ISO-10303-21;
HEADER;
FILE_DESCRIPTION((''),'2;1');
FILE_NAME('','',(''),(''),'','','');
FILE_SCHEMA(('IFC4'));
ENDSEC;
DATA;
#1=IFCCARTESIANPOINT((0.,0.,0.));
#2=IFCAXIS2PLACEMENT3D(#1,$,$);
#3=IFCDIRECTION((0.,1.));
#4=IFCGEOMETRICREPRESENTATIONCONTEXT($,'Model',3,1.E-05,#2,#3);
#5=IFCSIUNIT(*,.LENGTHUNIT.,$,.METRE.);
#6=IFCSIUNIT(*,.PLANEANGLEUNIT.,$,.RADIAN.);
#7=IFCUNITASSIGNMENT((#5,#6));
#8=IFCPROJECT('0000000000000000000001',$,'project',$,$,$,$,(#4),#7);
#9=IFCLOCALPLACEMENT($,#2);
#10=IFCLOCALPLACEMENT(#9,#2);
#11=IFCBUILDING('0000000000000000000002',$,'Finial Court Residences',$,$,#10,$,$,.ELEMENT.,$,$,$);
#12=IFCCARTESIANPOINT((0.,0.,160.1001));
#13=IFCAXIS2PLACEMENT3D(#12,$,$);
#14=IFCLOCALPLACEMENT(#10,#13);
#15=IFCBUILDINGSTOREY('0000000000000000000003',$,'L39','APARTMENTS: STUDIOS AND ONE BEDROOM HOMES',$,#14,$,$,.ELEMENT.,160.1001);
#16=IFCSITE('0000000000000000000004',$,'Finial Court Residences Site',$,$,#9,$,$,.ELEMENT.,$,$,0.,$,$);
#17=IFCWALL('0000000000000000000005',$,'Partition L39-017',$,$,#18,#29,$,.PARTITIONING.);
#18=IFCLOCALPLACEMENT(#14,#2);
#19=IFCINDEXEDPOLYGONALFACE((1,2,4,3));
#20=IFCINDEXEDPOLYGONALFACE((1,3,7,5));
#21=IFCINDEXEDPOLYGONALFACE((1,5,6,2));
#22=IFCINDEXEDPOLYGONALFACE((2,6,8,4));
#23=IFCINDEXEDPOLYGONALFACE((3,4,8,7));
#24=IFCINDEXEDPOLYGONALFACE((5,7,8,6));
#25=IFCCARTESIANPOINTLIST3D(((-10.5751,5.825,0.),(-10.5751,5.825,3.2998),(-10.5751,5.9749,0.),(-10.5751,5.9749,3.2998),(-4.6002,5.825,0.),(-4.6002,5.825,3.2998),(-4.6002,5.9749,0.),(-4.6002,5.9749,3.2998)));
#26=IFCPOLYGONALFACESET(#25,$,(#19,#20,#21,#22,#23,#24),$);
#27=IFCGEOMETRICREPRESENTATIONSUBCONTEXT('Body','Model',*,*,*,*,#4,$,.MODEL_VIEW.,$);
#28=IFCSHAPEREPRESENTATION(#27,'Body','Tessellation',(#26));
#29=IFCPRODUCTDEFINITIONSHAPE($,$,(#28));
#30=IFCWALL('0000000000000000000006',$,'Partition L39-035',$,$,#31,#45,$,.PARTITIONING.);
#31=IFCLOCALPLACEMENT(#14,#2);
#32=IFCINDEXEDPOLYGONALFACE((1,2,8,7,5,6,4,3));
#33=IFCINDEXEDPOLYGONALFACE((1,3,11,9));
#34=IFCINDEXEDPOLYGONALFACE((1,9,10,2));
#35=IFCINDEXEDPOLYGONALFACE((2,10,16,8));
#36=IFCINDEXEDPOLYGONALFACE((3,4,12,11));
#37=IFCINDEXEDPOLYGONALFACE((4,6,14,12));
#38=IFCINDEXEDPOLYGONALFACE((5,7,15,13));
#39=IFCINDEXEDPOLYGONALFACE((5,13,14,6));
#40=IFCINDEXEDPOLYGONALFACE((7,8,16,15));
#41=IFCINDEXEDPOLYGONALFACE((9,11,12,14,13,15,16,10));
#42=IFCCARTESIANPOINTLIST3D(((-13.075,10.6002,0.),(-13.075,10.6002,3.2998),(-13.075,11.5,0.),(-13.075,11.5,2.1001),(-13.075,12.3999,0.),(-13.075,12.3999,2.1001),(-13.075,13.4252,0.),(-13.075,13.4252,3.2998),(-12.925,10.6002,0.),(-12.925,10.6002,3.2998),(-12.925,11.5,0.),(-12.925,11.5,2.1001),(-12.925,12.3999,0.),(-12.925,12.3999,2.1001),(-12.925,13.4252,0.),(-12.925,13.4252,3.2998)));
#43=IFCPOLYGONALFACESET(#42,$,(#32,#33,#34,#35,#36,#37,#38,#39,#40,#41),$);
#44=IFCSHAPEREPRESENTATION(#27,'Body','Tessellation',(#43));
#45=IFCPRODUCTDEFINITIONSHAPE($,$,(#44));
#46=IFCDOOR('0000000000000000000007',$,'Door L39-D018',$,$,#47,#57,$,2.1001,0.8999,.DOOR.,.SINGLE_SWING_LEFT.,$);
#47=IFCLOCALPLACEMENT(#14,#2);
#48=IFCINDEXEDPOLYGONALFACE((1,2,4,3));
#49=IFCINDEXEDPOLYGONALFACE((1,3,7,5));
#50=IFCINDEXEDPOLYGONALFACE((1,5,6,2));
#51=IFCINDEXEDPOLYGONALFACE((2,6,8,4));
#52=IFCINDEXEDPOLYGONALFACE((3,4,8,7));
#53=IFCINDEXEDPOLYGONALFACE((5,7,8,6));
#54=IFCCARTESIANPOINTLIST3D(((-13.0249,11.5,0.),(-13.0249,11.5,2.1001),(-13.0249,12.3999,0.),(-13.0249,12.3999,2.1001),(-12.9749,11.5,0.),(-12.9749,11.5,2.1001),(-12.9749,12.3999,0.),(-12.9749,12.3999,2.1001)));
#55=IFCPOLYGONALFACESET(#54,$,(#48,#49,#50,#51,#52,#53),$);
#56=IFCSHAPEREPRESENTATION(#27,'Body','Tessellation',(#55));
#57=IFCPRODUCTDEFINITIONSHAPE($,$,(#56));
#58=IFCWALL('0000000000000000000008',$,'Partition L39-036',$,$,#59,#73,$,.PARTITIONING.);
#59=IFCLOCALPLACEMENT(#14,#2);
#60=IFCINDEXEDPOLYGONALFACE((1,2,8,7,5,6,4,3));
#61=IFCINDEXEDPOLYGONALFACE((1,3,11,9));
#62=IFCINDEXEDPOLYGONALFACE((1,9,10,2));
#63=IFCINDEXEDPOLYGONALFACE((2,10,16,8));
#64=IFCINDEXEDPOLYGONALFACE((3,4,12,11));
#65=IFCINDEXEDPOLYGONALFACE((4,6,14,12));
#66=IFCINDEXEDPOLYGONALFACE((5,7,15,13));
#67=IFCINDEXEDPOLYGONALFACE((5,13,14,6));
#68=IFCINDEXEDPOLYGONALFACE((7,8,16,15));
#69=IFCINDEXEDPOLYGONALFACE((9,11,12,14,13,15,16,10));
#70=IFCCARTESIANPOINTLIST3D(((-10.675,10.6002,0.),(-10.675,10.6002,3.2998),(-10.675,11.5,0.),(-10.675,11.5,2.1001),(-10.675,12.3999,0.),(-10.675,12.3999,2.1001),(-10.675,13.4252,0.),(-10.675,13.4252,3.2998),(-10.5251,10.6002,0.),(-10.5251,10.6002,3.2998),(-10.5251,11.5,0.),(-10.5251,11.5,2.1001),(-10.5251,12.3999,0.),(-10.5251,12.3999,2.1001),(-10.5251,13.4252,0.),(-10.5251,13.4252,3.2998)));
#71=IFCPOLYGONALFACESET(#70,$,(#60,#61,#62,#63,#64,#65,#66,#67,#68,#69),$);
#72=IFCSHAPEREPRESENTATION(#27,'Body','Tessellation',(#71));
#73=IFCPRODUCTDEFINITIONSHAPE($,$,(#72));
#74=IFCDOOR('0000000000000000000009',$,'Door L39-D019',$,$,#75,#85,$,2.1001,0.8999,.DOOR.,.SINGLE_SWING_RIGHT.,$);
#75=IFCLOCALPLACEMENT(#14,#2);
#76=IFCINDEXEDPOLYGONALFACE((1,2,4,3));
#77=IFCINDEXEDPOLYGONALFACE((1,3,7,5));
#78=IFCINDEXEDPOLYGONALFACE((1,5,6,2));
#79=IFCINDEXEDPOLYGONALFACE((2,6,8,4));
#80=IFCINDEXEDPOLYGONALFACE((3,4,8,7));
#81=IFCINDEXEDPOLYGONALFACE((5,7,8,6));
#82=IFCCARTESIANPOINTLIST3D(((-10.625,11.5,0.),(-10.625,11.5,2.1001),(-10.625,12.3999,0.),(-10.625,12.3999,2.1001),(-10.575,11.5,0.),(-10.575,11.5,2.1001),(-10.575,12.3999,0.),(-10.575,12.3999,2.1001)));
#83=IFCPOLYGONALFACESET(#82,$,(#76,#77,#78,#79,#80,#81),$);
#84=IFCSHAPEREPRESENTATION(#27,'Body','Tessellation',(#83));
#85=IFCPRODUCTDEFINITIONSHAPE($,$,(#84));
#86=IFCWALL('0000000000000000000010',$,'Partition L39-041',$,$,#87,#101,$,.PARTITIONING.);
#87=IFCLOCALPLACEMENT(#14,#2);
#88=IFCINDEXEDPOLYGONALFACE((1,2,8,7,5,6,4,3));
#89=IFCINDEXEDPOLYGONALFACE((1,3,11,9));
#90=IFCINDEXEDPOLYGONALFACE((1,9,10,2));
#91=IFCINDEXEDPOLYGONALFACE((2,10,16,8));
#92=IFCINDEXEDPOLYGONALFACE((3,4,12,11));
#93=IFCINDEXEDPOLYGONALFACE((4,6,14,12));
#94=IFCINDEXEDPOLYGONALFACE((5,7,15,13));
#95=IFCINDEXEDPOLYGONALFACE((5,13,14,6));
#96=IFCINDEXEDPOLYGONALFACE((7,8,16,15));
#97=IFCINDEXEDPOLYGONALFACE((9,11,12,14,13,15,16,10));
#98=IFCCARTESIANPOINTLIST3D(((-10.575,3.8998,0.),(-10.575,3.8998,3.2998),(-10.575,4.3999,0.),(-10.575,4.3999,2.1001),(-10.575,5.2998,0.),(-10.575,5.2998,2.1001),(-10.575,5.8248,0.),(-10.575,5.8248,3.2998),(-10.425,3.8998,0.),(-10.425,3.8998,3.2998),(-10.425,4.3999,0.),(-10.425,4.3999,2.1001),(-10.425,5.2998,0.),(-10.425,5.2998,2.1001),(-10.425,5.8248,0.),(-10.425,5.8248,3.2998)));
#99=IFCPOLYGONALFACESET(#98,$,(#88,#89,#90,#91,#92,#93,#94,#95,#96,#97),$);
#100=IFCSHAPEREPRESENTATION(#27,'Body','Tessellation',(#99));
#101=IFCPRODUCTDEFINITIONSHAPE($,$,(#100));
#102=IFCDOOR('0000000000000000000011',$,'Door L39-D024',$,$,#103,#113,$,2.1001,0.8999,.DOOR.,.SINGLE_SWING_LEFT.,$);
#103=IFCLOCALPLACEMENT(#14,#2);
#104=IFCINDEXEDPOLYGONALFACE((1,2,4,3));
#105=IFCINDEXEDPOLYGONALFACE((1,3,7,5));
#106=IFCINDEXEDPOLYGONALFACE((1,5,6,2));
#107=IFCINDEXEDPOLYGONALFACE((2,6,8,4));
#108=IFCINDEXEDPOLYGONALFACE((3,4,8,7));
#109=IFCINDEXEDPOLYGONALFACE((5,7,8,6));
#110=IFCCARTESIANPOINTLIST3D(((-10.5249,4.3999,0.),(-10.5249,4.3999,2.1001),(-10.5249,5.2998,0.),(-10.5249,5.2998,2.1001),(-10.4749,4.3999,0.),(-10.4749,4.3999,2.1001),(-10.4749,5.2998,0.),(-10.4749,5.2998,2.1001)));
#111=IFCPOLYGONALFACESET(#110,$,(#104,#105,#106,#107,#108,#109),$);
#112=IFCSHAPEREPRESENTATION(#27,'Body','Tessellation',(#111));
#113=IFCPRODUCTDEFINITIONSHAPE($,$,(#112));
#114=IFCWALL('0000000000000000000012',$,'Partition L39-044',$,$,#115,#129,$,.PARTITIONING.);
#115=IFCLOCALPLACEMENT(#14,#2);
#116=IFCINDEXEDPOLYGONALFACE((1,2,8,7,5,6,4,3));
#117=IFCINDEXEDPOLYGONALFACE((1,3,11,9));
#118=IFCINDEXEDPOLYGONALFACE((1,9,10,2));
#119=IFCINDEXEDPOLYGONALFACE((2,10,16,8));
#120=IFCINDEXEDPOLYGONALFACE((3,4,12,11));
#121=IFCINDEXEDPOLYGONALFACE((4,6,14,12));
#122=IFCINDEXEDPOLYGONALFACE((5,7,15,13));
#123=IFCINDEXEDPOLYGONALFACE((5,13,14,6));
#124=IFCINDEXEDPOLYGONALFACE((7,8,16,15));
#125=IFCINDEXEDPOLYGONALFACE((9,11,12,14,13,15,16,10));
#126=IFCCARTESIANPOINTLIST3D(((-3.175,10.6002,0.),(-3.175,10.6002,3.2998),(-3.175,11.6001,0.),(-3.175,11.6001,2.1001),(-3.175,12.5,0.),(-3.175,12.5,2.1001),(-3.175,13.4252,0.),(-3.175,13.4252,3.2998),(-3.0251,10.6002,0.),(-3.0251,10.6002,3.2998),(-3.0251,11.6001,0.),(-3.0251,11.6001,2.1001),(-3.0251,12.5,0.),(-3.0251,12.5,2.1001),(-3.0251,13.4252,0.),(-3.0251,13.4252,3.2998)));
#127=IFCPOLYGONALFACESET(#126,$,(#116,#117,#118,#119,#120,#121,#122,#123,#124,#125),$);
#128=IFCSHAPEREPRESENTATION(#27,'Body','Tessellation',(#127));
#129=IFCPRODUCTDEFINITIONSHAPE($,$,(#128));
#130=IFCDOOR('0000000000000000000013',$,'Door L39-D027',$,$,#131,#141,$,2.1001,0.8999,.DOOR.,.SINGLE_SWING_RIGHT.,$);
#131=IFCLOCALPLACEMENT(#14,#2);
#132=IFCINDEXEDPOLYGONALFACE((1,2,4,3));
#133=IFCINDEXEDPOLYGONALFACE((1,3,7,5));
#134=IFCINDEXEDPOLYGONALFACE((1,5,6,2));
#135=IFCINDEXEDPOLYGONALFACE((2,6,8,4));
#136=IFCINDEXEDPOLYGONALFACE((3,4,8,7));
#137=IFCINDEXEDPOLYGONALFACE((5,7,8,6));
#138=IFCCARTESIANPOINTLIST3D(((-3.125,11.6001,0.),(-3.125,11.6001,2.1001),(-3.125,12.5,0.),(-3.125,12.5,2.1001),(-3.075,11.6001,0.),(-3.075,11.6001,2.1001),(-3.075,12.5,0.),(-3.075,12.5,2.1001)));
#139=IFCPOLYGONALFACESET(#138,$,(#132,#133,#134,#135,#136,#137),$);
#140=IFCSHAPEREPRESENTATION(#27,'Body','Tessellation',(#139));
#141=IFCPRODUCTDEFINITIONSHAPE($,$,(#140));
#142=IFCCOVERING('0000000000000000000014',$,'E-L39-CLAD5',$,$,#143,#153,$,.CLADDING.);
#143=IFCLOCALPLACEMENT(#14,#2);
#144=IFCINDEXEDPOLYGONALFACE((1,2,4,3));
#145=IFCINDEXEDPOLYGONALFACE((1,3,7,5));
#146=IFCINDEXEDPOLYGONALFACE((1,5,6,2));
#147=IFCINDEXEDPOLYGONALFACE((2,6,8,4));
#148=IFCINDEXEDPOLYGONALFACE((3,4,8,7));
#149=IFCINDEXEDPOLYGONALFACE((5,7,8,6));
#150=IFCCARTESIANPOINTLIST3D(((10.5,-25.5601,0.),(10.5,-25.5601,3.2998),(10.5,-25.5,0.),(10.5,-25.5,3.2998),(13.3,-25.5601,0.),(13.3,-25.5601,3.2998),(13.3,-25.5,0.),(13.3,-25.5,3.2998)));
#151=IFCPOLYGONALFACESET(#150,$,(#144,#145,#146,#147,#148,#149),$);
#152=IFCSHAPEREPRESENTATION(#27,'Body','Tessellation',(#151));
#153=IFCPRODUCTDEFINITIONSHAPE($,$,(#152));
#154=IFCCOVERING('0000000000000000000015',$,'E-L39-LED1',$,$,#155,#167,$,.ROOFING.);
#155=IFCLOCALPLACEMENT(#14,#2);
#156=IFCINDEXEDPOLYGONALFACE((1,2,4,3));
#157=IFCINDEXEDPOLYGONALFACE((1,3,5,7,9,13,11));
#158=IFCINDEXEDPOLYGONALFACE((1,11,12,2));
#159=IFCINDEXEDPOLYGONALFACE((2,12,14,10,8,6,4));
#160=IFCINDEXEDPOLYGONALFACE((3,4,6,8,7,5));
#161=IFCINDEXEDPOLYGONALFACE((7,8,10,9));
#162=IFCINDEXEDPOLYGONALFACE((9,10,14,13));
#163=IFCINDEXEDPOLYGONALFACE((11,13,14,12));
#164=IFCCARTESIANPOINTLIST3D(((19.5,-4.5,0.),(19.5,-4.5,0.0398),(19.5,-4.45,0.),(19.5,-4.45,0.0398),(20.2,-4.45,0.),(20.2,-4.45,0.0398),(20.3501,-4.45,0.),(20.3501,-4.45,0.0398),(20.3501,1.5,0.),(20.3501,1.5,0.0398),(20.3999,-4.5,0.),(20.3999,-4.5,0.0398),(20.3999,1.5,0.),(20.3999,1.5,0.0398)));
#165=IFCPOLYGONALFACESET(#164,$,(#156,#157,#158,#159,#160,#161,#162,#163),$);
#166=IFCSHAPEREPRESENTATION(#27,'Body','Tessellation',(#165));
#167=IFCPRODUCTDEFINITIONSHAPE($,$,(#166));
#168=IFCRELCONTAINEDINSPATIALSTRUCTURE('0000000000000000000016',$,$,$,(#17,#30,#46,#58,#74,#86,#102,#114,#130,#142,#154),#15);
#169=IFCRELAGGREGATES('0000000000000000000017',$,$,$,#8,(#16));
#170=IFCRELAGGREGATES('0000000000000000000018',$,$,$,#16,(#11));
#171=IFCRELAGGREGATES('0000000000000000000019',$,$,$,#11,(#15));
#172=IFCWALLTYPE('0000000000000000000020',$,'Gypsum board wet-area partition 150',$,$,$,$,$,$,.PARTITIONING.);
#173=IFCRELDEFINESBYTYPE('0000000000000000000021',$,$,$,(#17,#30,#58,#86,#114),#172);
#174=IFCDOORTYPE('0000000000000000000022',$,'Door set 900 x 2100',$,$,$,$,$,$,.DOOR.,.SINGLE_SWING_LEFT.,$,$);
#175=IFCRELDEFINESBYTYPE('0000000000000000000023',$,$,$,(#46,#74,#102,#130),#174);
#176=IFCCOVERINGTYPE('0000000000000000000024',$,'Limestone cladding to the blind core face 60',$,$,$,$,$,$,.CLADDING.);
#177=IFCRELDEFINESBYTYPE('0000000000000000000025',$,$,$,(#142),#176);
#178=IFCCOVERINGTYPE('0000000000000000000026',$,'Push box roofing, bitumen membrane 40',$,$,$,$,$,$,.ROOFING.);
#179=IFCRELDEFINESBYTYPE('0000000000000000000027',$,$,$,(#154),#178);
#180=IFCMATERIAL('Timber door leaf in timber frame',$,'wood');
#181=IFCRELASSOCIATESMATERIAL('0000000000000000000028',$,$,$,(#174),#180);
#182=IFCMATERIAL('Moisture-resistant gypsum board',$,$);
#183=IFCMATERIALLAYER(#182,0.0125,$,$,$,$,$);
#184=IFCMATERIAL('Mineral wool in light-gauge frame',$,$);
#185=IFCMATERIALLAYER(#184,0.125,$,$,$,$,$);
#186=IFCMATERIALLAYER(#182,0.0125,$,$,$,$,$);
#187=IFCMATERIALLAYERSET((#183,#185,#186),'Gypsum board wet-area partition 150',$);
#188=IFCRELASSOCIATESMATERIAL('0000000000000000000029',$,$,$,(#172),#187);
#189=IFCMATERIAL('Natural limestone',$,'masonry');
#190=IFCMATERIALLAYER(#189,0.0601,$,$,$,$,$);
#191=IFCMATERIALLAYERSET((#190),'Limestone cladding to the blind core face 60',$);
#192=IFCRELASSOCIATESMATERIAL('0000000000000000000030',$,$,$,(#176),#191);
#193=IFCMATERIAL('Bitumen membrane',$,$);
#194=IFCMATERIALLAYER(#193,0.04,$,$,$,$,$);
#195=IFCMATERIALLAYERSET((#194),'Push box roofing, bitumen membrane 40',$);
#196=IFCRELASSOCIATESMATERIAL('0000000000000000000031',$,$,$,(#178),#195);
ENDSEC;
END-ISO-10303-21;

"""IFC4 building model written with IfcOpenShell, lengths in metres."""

from ifc_helpers import new_model, si_unit, direction, frame, frame_2d, origin, place, context, subcontext, project, spatial, polyline, rectangle, outline, extrude, material, layer, layer_set, type_object, element, fill, save


model = new_model("IFC4")

# Units and contexts
model_context = context("Model", 3, precision=1e-05, world=origin(), true_north=direction((0.0, 1.0)))
body_context = subcontext(model_context, "Body", "Model", "MODEL_VIEW")
ifc_project = project(units=[si_unit("LENGTHUNIT", "METRE"), si_unit("PLANEANGLEUNIT", "RADIAN")], contexts=[model_context])

# Site, building, storey
site_placement = place(None, origin())
site = spatial("IfcSite", under=ifc_project, at=site_placement, Name="Finial Court Residences Site", CompositionType="ELEMENT", RefElevation=0.0)
building_placement = place(site_placement, origin())
building = spatial("IfcBuilding", under=site, at=building_placement, Name="Finial Court Residences", CompositionType="ELEMENT")
storey_placement = place(building_placement, frame((0.0, 0.0, 160.1001)))
storey = spatial("IfcBuildingStorey", under=building, at=storey_placement, Name="L39", Description="APARTMENTS: STUDIOS AND ONE BEDROOM HOMES", CompositionType="ELEMENT", Elevation=160.1001)

# Shared definitions
ifc_material_1 = material(Name="Mineral wool in light-gauge frame")
ifc_material_2 = material(Name="Timber door leaf in timber frame", Category="wood")
door_type = type_object("IfcDoorType", Name="Door set 900 x 2100", OperationType="SINGLE_SWING_LEFT", PredefinedType="DOOR", material=ifc_material_2)

# Wall
ifc_material_3 = material(Name="Moisture-resistant gypsum board")
ifc_layer_1 = layer(ifc_material_3, 0.0125)
ifc_layer_2 = layer(ifc_material_1, 0.125)
ifc_layer_3 = layer(ifc_material_3, 0.0125)
ifc_layer_set_1 = layer_set([ifc_layer_1, ifc_layer_2, ifc_layer_3], Name="Gypsum board wet-area partition 150")
wall_type_1 = type_object("IfcWallType", Name="Gypsum board wet-area partition 150", PredefinedType="PARTITIONING", material=ifc_layer_set_1)
wall_1_placement = place(storey_placement, frame((-10.575, 5.8999, 0.0), z_axis=(0.0, 0.0, 1.0), x_axis=(1.0, 0.0, 0.0)))
element("IfcWall", 1, at=wall_1_placement, inside=storey, type_object=wall_type_1, Name="Partition L39-017", PredefinedType="PARTITIONING", context=body_context, shape_type="SweptSolid", body=[
    extrude(rectangle(XDim=5.9749, YDim=0.1499, at=frame_2d((2.9873, 0.0))), origin(), (0.0, 0.0, 1.0), 3.2998),
])

# Walls, openings, doors
wall_2_placement = place(storey_placement, frame((-13.0, 10.6001, 0.0), z_axis=(0.0, 0.0, 1.0), x_axis=(0.0, 1.0, 0.0)))
wall_2 = element("IfcWall", 2, at=wall_2_placement, inside=storey, type_object=wall_type_1, Name="Partition L39-035", PredefinedType="PARTITIONING", context=body_context, shape_type="SweptSolid", body=[
    extrude(rectangle(XDim=2.825, YDim=0.1499, at=frame_2d((1.4126, 0.0))), origin(), (0.0, 0.0, 1.0), 3.2998),
])
opening_1_placement = place(wall_2_placement, frame((0.8999, 0.0, 0.0)))
opening_1 = element("IfcOpeningElement", 3, at=opening_1_placement, cuts=wall_2, PredefinedType="OPENING", context=body_context, shape_type="SweptSolid", body=[
    extrude(rectangle(XDim=0.8999, YDim=2.1001, at=frame_2d((0.45, 1.05))), frame((0.0, 0.085, 0.0), z_axis=(0.0, -1.0, 0.0), x_axis=(1.0, 0.0, 0.0)), (0.0, 0.0, 1.0), 0.1699),
])
door_1_placement = place(opening_1_placement, origin())
door_1 = element("IfcDoor", 4, at=door_1_placement, inside=storey, type_object=door_type, Name="Door L39-D018", OperationType="SINGLE_SWING_LEFT", OverallHeight=2.1001, OverallWidth=0.8999, PredefinedType="DOOR", context=body_context, shape_type="SweptSolid", body=[
    extrude(rectangle(XDim=0.8999, YDim=2.1001, at=frame_2d((0.45, 1.05))), frame((0.0, 0.0249, 0.0), z_axis=(0.0, -1.0, 0.0), x_axis=(1.0, 0.0, 0.0)), (0.0, 0.0, 1.0), 0.05),
])
fill(opening_1, door_1)
wall_3_placement = place(storey_placement, frame((-10.6001, 10.6001, 0.0), z_axis=(0.0, 0.0, 1.0), x_axis=(0.0, 1.0, 0.0)))
wall_3 = element("IfcWall", 5, at=wall_3_placement, inside=storey, type_object=wall_type_1, Name="Partition L39-036", PredefinedType="PARTITIONING", context=body_context, shape_type="SweptSolid", body=[
    extrude(rectangle(XDim=2.825, YDim=0.1499, at=frame_2d((1.4126, 0.0))), origin(), (0.0, 0.0, 1.0), 3.2998),
])
opening_2_placement = place(wall_3_placement, frame((0.8999, 0.0, 0.0)))
opening_2 = element("IfcOpeningElement", 6, at=opening_2_placement, cuts=wall_3, PredefinedType="OPENING", context=body_context, shape_type="SweptSolid", body=[
    extrude(rectangle(XDim=0.8999, YDim=2.1001, at=frame_2d((0.45, 1.05))), frame((0.0, 0.085, 0.0), z_axis=(0.0, -1.0, 0.0), x_axis=(1.0, 0.0, 0.0)), (0.0, 0.0, 1.0), 0.1699),
])
door_2_placement = place(opening_2_placement, origin())
door_2 = element("IfcDoor", 7, at=door_2_placement, inside=storey, type_object=door_type, Name="Door L39-D019", OperationType="SINGLE_SWING_RIGHT", OverallHeight=2.1001, OverallWidth=0.8999, PredefinedType="DOOR", context=body_context, shape_type="SweptSolid", body=[
    extrude(rectangle(XDim=0.8999, YDim=2.1001, at=frame_2d((0.45, 1.05))), frame((0.0, 0.0249, 0.0), z_axis=(0.0, -1.0, 0.0), x_axis=(1.0, 0.0, 0.0)), (0.0, 0.0, 1.0), 0.05),
])
fill(opening_2, door_2)
wall_4_placement = place(storey_placement, frame((-10.5, 3.8999, 0.0), z_axis=(0.0, 0.0, 1.0), x_axis=(0.0, 1.0, 0.0)))
wall_4 = element("IfcWall", 8, at=wall_4_placement, inside=storey, type_object=wall_type_1, Name="Partition L39-041", PredefinedType="PARTITIONING", context=body_context, shape_type="SweptSolid", body=[
    extrude(rectangle(XDim=1.925, YDim=0.1499, at=frame_2d((0.9624, 0.0))), origin(), (0.0, 0.0, 1.0), 3.2998),
])
opening_3_placement = place(wall_4_placement, frame((0.5, 0.0, 0.0)))
opening_3 = element("IfcOpeningElement", 9, at=opening_3_placement, cuts=wall_4, PredefinedType="OPENING", context=body_context, shape_type="SweptSolid", body=[
    extrude(rectangle(XDim=0.8999, YDim=2.1001, at=frame_2d((0.45, 1.05))), frame((0.0, 0.085, 0.0), z_axis=(0.0, -1.0, 0.0), x_axis=(1.0, 0.0, 0.0)), (0.0, 0.0, 1.0), 0.1699),
])
door_3_placement = place(opening_3_placement, origin())
door_3 = element("IfcDoor", 10, at=door_3_placement, inside=storey, type_object=door_type, Name="Door L39-D024", OperationType="SINGLE_SWING_LEFT", OverallHeight=2.1001, OverallWidth=0.8999, PredefinedType="DOOR", context=body_context, shape_type="SweptSolid", body=[
    extrude(rectangle(XDim=0.8999, YDim=2.1001, at=frame_2d((0.45, 1.05))), frame((0.0, 0.0249, 0.0), z_axis=(0.0, -1.0, 0.0), x_axis=(1.0, 0.0, 0.0)), (0.0, 0.0, 1.0), 0.05),
])
fill(opening_3, door_3)
wall_5_placement = place(storey_placement, frame((-3.1001, 10.6001, 0.0), z_axis=(0.0, 0.0, 1.0), x_axis=(0.0, 1.0, 0.0)))
wall_5 = element("IfcWall", 11, at=wall_5_placement, inside=storey, type_object=wall_type_1, Name="Partition L39-044", PredefinedType="PARTITIONING", context=body_context, shape_type="SweptSolid", body=[
    extrude(rectangle(XDim=2.825, YDim=0.1499, at=frame_2d((1.4126, 0.0))), origin(), (0.0, 0.0, 1.0), 3.2998),
])
opening_4_placement = place(wall_5_placement, frame((1.0, 0.0, 0.0)))
opening_4 = element("IfcOpeningElement", 12, at=opening_4_placement, cuts=wall_5, PredefinedType="OPENING", context=body_context, shape_type="SweptSolid", body=[
    extrude(rectangle(XDim=0.8999, YDim=2.1001, at=frame_2d((0.45, 1.05))), frame((0.0, 0.085, 0.0), z_axis=(0.0, -1.0, 0.0), x_axis=(1.0, 0.0, 0.0)), (0.0, 0.0, 1.0), 0.1699),
])
door_4_placement = place(opening_4_placement, origin())
door_4 = element("IfcDoor", 13, at=door_4_placement, inside=storey, type_object=door_type, Name="Door L39-D027", OperationType="SINGLE_SWING_RIGHT", OverallHeight=2.1001, OverallWidth=0.8999, PredefinedType="DOOR", context=body_context, shape_type="SweptSolid", body=[
    extrude(rectangle(XDim=0.8999, YDim=2.1001, at=frame_2d((0.45, 1.05))), frame((0.0, 0.0249, 0.0), z_axis=(0.0, -1.0, 0.0), x_axis=(1.0, 0.0, 0.0)), (0.0, 0.0, 1.0), 0.05),
])
fill(opening_4, door_4)

# Coverings
ifc_material_4 = material(Name="Natural limestone", Category="masonry")
ifc_layer_4 = layer(ifc_material_4, 0.0601)
ifc_layer_set_2 = layer_set([ifc_layer_4], Name="Limestone cladding to the blind core face 60")
covering_type_1 = type_object("IfcCoveringType", Name="Limestone cladding to the blind core face 60", PredefinedType="CLADDING", material=ifc_layer_set_2)
covering_1_placement = place(storey_placement, origin())
element("IfcCovering", 14, at=covering_1_placement, inside=storey, type_object=covering_type_1, Name="E-L39-CLAD5", PredefinedType="CLADDING", context=body_context, shape_type="SweptSolid", body=[
    extrude(outline(polyline([(13.3, -25.5601), (13.3, -25.5), (10.5, -25.5), (10.5, -25.5601), (13.3, -25.5601)])), origin(), (0.0, 0.0, 1.0), 3.2998),
])
ifc_material_5 = material(Name="Bitumen membrane")
ifc_layer_5 = layer(ifc_material_5, 0.04)
ifc_layer_set_3 = layer_set([ifc_layer_5], Name="Push box roofing, bitumen membrane 40")
covering_type_2 = type_object("IfcCoveringType", Name="Push box roofing, bitumen membrane 40", PredefinedType="ROOFING", material=ifc_layer_set_3)
covering_2_placement = place(storey_placement, origin())
element("IfcCovering", 15, at=covering_2_placement, inside=storey, type_object=covering_type_2, Name="E-L39-LED1", PredefinedType="ROOFING", context=body_context, shape_type="SweptSolid", body=[
    extrude(outline(polyline([(19.5, -4.45), (20.2, -4.45), (20.3501, -4.45), (20.3501, 1.5), (20.3999, 1.5), (20.3999, -4.5), (19.5, -4.5), (19.5, -4.45)])), origin(), (0.0, 0.0, 1.0), 0.0398),
])

save(model, "model.ifc")
